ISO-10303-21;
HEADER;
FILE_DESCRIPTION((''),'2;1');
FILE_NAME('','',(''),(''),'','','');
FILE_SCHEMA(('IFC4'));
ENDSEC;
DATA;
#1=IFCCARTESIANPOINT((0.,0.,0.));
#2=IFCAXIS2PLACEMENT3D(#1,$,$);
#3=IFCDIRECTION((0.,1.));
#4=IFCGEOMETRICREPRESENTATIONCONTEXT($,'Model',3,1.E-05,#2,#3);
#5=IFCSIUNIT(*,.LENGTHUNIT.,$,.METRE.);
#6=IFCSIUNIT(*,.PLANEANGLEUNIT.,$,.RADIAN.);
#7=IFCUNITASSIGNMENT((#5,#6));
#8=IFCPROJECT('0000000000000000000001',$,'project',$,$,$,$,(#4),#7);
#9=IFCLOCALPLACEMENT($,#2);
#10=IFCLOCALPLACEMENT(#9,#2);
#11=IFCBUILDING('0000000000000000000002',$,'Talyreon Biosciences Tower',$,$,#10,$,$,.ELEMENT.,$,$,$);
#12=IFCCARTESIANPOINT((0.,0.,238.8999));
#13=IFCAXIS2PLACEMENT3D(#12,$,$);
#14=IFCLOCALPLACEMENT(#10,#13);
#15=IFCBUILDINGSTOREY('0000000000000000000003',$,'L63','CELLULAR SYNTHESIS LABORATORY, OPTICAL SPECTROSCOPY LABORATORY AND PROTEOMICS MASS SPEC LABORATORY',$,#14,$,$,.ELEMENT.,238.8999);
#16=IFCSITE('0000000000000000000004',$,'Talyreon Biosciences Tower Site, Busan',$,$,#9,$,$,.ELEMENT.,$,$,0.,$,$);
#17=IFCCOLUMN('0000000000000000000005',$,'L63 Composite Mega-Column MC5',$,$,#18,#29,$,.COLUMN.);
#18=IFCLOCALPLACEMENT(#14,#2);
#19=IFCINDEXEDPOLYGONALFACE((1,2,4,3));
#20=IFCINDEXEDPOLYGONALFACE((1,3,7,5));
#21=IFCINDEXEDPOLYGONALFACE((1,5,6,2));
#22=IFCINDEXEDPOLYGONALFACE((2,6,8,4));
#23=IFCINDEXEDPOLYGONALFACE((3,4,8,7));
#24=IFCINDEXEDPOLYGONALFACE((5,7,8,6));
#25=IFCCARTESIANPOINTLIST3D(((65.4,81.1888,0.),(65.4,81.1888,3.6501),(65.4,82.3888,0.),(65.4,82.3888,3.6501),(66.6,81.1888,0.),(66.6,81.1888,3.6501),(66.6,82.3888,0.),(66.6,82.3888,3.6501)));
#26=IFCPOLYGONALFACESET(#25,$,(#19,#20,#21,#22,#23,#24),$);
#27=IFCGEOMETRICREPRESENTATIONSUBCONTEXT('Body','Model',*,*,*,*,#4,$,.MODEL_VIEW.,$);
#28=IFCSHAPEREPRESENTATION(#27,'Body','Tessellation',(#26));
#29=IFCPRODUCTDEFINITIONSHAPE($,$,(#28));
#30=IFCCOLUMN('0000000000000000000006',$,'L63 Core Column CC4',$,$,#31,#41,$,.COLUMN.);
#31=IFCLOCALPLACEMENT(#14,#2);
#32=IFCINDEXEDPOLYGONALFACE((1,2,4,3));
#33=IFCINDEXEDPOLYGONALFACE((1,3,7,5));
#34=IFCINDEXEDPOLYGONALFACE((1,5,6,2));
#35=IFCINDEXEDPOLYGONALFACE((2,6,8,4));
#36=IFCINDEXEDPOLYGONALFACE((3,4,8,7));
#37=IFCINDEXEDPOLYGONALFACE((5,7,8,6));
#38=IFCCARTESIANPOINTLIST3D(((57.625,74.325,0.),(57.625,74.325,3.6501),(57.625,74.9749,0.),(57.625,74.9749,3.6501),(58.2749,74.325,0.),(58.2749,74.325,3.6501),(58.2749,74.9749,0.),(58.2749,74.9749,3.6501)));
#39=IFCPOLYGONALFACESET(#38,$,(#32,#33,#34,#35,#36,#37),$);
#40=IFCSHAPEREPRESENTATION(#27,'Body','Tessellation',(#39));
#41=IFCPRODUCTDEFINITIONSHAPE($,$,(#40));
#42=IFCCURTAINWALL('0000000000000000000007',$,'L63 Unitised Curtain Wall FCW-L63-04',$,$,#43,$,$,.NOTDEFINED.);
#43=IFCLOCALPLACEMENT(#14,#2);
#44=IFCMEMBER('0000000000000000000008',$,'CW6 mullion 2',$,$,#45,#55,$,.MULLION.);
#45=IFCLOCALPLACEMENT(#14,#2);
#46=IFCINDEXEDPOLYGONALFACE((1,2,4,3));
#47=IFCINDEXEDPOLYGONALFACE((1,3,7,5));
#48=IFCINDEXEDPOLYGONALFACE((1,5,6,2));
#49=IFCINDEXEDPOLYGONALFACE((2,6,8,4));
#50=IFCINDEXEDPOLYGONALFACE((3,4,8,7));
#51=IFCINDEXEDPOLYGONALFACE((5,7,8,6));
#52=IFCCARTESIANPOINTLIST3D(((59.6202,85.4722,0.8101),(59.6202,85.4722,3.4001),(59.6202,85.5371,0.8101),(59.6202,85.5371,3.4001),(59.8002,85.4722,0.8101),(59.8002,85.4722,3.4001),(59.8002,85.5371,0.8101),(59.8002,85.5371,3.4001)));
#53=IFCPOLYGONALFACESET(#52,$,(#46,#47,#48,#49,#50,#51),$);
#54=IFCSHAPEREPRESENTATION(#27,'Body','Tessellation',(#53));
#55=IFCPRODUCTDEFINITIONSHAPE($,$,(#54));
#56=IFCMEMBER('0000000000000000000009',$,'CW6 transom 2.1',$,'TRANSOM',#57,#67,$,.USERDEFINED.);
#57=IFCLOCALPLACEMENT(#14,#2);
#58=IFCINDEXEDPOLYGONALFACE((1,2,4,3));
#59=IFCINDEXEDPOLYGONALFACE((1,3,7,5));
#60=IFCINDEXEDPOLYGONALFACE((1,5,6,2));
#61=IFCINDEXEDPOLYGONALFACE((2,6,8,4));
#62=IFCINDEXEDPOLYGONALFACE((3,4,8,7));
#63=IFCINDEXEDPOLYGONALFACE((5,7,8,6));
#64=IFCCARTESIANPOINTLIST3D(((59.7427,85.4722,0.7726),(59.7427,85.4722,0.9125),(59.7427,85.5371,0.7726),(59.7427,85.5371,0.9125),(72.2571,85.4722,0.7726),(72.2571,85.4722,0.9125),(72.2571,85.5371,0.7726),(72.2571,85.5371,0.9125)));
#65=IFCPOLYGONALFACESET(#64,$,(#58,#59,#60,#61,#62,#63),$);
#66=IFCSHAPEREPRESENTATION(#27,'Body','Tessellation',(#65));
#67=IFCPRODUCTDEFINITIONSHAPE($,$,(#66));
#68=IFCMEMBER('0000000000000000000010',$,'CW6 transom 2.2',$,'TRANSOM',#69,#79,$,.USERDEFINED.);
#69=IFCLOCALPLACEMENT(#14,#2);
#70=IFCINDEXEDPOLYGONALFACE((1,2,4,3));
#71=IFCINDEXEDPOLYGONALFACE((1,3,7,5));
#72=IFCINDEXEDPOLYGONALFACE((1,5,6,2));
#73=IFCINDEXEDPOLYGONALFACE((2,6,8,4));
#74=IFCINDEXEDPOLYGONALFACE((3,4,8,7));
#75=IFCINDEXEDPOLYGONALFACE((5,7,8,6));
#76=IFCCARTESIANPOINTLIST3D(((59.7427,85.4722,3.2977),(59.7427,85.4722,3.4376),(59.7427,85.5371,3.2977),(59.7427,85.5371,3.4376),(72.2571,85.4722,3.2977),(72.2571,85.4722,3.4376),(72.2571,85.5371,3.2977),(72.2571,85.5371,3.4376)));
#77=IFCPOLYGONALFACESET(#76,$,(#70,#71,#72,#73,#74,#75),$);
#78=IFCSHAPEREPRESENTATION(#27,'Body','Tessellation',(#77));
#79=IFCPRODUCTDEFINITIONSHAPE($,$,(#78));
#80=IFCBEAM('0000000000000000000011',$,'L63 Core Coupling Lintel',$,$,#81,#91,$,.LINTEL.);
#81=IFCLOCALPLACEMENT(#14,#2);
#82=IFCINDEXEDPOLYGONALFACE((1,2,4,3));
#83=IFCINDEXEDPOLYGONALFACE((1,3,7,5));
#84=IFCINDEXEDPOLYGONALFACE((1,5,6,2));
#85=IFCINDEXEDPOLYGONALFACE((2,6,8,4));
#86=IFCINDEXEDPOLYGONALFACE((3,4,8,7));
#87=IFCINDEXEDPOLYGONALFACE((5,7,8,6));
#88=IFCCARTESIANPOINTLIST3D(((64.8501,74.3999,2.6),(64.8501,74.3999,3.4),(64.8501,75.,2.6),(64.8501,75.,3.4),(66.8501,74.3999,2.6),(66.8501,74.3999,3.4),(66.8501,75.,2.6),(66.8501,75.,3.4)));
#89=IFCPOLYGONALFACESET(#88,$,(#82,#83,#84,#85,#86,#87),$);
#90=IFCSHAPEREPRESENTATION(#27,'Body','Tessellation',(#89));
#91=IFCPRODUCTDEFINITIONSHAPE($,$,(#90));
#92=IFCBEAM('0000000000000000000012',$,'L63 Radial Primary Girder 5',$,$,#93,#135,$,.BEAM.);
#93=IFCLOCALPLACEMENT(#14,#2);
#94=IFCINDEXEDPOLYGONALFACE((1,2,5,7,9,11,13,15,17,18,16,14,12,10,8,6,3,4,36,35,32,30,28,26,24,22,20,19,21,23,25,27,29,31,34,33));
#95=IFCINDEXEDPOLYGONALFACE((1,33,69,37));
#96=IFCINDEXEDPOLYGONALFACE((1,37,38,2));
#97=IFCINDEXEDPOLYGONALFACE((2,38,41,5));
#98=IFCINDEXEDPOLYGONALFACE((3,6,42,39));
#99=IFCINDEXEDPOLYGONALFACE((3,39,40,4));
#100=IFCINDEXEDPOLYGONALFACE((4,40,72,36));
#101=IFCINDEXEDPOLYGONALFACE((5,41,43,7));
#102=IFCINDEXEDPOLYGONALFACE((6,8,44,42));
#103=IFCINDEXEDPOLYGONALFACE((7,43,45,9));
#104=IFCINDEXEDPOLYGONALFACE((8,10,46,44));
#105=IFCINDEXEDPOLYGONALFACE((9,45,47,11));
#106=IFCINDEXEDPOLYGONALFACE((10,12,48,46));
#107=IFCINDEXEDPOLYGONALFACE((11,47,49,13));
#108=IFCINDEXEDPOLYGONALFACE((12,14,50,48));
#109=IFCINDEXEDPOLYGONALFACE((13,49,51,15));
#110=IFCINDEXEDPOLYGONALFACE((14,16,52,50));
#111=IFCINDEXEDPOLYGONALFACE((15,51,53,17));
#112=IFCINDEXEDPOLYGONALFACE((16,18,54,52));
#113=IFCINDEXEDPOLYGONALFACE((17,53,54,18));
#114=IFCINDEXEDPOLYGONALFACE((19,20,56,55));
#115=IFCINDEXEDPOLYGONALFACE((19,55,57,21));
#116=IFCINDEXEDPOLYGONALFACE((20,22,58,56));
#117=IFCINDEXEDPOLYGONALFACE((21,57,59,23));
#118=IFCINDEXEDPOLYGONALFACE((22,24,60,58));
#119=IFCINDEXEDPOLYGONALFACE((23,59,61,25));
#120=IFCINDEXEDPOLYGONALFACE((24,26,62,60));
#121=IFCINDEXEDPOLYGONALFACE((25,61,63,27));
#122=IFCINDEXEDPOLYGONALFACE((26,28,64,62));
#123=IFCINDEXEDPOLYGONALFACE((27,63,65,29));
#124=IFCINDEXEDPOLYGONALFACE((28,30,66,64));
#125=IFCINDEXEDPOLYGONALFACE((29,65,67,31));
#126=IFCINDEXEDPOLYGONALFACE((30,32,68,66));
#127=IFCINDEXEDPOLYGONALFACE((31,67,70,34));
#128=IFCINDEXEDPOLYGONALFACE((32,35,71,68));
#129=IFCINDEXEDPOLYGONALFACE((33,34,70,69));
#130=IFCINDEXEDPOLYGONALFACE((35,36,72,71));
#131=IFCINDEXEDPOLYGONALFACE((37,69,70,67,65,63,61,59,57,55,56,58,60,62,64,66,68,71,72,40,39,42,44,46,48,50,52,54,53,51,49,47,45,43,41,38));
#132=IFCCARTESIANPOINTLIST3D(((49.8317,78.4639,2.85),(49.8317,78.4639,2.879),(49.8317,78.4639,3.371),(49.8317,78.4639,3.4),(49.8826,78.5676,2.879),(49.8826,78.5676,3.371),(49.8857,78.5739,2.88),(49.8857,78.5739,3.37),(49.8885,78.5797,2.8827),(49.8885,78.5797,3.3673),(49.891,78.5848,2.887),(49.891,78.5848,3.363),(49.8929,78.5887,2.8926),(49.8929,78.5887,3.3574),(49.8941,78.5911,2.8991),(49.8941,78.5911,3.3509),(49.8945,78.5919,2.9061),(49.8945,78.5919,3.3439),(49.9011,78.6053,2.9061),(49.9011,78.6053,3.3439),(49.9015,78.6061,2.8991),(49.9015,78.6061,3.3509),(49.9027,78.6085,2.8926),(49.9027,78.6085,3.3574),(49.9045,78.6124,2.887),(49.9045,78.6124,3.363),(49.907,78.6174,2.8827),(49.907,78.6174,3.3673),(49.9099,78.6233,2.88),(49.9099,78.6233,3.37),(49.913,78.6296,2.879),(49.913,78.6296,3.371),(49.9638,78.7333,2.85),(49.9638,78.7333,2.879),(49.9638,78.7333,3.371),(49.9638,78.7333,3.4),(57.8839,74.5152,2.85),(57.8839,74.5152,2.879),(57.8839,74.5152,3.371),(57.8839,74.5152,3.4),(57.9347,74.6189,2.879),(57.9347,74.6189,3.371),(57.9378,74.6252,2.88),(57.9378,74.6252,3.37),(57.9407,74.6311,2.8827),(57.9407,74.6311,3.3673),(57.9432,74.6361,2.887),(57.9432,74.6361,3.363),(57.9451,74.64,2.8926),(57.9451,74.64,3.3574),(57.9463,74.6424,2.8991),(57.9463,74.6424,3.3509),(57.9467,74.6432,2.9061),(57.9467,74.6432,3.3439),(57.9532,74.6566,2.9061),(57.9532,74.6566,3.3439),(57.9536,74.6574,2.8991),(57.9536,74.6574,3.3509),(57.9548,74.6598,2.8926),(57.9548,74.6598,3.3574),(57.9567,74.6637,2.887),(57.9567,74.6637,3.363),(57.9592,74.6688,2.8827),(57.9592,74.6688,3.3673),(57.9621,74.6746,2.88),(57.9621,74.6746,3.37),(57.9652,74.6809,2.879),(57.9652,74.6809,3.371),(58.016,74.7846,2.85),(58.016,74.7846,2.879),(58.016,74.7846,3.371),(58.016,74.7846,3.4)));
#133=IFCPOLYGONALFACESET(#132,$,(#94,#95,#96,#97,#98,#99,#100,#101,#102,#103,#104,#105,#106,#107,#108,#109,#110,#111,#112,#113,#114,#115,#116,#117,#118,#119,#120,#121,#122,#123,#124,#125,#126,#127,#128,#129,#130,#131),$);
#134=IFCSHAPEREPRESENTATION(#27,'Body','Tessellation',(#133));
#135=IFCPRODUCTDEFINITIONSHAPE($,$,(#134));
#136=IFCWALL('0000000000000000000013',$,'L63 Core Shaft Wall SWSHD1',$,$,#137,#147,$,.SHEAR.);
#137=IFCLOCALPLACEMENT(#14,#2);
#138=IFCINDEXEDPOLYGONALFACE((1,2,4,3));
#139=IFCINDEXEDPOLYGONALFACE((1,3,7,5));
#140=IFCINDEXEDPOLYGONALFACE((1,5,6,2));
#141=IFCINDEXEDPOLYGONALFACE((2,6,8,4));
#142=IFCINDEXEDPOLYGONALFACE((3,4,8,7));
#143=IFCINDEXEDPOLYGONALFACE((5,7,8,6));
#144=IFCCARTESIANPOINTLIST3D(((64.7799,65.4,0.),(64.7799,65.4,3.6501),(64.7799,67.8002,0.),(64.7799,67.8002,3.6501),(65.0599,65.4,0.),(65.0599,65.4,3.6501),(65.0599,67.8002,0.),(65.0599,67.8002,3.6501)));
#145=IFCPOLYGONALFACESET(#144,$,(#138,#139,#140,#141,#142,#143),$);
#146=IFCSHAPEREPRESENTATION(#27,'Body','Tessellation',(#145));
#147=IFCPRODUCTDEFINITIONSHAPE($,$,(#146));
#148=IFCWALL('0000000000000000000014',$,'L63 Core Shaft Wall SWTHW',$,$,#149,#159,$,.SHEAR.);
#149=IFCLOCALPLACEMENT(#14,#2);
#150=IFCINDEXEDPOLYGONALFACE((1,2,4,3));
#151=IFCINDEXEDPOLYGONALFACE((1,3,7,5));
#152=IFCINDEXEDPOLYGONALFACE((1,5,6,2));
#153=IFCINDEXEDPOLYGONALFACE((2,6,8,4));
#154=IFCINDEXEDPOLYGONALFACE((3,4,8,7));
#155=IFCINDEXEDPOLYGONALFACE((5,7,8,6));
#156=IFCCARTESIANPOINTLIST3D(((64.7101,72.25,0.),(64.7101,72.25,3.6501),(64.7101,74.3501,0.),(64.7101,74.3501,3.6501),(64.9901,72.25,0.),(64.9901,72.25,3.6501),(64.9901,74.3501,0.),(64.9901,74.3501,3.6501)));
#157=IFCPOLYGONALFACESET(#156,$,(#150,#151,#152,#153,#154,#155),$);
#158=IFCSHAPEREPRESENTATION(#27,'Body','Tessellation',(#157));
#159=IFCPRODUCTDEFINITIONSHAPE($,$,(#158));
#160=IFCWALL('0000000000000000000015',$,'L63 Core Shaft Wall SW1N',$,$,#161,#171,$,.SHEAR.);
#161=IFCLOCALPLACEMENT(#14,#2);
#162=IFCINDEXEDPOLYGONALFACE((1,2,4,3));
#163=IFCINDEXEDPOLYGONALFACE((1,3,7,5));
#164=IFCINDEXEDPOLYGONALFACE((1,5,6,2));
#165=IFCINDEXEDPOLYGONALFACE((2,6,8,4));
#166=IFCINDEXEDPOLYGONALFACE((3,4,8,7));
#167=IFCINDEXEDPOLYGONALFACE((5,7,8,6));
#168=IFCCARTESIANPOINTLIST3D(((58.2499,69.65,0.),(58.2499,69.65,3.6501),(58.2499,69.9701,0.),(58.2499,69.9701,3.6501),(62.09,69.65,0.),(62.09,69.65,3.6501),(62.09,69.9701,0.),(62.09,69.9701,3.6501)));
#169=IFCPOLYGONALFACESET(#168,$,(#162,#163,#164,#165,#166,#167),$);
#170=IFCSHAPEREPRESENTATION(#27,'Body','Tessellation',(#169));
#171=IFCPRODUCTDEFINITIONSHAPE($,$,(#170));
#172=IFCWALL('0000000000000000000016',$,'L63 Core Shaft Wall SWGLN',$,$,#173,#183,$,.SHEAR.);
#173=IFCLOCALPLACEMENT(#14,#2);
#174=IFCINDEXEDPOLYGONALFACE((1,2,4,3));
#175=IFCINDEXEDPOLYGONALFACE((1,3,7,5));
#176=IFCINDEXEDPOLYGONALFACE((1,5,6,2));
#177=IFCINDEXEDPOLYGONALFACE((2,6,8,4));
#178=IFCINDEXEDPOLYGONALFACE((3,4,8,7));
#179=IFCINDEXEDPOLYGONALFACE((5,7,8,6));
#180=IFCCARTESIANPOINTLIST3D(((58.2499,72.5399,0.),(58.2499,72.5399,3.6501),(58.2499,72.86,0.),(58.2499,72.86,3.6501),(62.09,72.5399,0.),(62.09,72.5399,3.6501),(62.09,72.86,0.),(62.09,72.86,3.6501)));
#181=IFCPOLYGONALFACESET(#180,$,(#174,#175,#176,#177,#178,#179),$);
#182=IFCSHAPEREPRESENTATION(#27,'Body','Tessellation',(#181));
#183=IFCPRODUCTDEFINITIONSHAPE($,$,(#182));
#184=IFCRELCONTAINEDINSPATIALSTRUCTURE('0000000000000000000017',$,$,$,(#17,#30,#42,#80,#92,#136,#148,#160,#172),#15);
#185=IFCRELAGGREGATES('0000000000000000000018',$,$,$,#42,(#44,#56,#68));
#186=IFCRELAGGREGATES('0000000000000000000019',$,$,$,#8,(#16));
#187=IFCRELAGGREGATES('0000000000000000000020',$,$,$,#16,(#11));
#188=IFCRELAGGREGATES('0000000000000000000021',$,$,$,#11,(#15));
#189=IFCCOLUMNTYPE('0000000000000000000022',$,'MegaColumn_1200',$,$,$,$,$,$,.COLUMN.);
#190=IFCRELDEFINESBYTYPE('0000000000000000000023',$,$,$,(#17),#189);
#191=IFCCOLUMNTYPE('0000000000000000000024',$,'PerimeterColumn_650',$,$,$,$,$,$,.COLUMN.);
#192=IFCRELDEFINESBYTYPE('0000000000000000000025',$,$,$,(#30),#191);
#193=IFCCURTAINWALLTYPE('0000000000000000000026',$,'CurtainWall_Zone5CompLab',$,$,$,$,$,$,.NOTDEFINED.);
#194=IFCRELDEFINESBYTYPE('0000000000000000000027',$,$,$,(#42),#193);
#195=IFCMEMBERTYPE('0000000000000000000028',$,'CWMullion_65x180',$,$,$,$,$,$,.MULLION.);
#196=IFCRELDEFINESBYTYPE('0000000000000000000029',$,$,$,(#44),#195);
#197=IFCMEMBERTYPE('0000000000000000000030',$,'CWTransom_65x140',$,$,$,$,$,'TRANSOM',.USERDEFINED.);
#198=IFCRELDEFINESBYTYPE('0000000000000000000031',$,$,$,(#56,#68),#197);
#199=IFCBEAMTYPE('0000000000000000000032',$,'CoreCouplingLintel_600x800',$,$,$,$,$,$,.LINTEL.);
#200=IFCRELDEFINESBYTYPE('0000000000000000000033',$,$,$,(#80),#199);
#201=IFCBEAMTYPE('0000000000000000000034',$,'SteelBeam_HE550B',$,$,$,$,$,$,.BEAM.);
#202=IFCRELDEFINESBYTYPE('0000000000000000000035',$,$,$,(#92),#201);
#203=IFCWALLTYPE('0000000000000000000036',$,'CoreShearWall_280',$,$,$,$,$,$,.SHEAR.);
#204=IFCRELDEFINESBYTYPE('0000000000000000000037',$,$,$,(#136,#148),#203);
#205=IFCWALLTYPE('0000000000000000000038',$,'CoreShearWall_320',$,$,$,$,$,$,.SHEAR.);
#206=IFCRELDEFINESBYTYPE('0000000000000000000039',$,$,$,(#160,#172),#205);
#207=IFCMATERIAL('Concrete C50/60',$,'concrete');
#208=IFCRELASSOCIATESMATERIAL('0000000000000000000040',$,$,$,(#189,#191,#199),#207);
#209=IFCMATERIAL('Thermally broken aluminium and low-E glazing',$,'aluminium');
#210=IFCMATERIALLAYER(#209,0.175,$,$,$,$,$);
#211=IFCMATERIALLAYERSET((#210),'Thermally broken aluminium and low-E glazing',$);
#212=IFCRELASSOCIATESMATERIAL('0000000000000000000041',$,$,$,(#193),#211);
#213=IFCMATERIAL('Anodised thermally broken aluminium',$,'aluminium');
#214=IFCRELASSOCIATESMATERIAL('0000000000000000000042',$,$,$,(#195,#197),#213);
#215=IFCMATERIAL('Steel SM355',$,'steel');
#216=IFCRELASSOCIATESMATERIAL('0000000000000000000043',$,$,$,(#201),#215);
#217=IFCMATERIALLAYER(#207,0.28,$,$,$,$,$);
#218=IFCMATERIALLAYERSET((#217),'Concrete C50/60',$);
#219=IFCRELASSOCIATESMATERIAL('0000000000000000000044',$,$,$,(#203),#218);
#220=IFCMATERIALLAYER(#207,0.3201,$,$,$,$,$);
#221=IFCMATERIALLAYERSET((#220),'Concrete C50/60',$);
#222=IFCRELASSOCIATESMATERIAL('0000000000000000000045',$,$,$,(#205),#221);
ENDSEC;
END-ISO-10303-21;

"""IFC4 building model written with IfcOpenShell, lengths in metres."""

from ifc_helpers import new_model, si_unit, direction, frame, frame_2d, origin, origin_2d, place, context, subcontext, project, spatial, rectangle, i_section, extrude, material, layer, layer_set, material_profile, profile_set, type_object, element, aggregate, save


model = new_model("IFC4")

# Units and contexts
model_context = context("Model", 3, precision=1e-05, world=origin(), true_north=direction((0.0, 1.0)))
body_context = subcontext(model_context, "Body", "Model", "MODEL_VIEW")
ifc_project = project(units=[si_unit("LENGTHUNIT", "METRE"), si_unit("PLANEANGLEUNIT", "RADIAN")], contexts=[model_context])

# Site, building, storey
site_placement = place(None, origin())
site = spatial("IfcSite", under=ifc_project, at=site_placement, Name="Talyreon Biosciences Tower Site, Busan", CompositionType="ELEMENT", RefElevation=0.0)
building_placement = place(site_placement, origin())
building = spatial("IfcBuilding", under=site, at=building_placement, Name="Talyreon Biosciences Tower", CompositionType="ELEMENT")
storey_placement = place(building_placement, frame((0.0, 0.0, 238.8999)))
storey = spatial("IfcBuildingStorey", under=building, at=storey_placement, Name="L63", Description="CELLULAR SYNTHESIS LABORATORY, OPTICAL SPECTROSCOPY LABORATORY AND PROTEOMICS MASS SPEC LABORATORY", CompositionType="ELEMENT", Elevation=238.8999)

# Columns
ifc_material_1 = material(Name="Concrete C50/60", Category="concrete")
ifc_material_profile_1 = material_profile(ifc_material_1, rectangle(XDim=1.2, YDim=1.2, at=origin_2d()), Name="RC 1200x1200")
ifc_profile_set_1 = profile_set([ifc_material_profile_1], Name="Concrete C50/60")
column_type_1 = type_object("IfcColumnType", Name="MegaColumn_1200", PredefinedType="COLUMN", material=ifc_profile_set_1)
column_1_placement = place(storey_placement, frame((66.0, 81.7888, 0.0), z_axis=(0.0, 0.0, 1.0), x_axis=(1.0, 0.0, 0.0)))
element("IfcColumn", 1, at=column_1_placement, inside=storey, type_object=column_type_1, Name="L63 Composite Mega-Column MC5", PredefinedType="COLUMN", context=body_context, shape_type="SweptSolid", body=[
    extrude(rectangle(XDim=1.2, YDim=1.2, at=origin_2d()), origin(), (0.0, 0.0, 1.0), 3.6501),
])
ifc_material_profile_2 = material_profile(ifc_material_1, rectangle(XDim=0.6499, YDim=0.6499, at=origin_2d()), Name="RC 650x650")
ifc_profile_set_2 = profile_set([ifc_material_profile_2], Name="Concrete C50/60")
column_type_2 = type_object("IfcColumnType", Name="PerimeterColumn_650", PredefinedType="COLUMN", material=ifc_profile_set_2)
column_2_placement = place(storey_placement, frame((57.95, 74.6499, 0.0), z_axis=(0.0, 0.0, 1.0), x_axis=(1.0, 0.0, 0.0)))
element("IfcColumn", 2, at=column_2_placement, inside=storey, type_object=column_type_2, Name="L63 Core Column CC4", PredefinedType="COLUMN", context=body_context, shape_type="SweptSolid", body=[
    extrude(rectangle(XDim=0.6499, YDim=0.6499, at=origin_2d()), origin(), (0.0, 0.0, 1.0), 3.6501),
])

# Curtain wall, members
ifc_material_2 = material(Name="Thermally broken aluminium and low-E glazing", Category="aluminium")
ifc_layer_1 = layer(ifc_material_2, 0.175)
ifc_layer_set_1 = layer_set([ifc_layer_1], Name="Thermally broken aluminium and low-E glazing")
curtain_wall_type = type_object("IfcCurtainWallType", Name="CurtainWall_Zone5CompLab", PredefinedType="NOTDEFINED", material=ifc_layer_set_1)
curtain_wall_placement = place(storey_placement, origin())
curtain_wall = element("IfcCurtainWall", 3, at=curtain_wall_placement, inside=storey, type_object=curtain_wall_type, Name="L63 Unitised Curtain Wall FCW-L63-04", PredefinedType="NOTDEFINED")
ifc_material_3 = material(Name="Anodised thermally broken aluminium", Category="aluminium")
ifc_material_profile_3 = material_profile(ifc_material_3, rectangle(XDim=0.0649, YDim=0.1799, at=origin_2d()), Name="ALUM MULLION 65x180")
ifc_profile_set_3 = profile_set([ifc_material_profile_3], Name="Anodised thermally broken aluminium")
member_type_1 = type_object("IfcMemberType", Name="CWMullion_65x180", PredefinedType="MULLION", material=ifc_profile_set_3)
member_1_placement = place(storey_placement, frame((59.7102, 85.5046, 0.8101), z_axis=(0.0, 0.0, 1.0), x_axis=(0.0, 1.0, 0.0)))
member_1 = element("IfcMember", 4, at=member_1_placement, type_object=member_type_1, Name="CW6 mullion 2", PredefinedType="MULLION", context=body_context, shape_type="SweptSolid", body=[
    extrude(rectangle(XDim=0.0649, YDim=0.1799, at=origin_2d()), origin(), (0.0, 0.0, 1.0), 2.5901),
])
ifc_material_profile_4 = material_profile(ifc_material_3, rectangle(XDim=0.0649, YDim=0.1399, at=origin_2d()), Name="ALUM TRANSOM 65x140")
ifc_profile_set_4 = profile_set([ifc_material_profile_4], Name="Anodised thermally broken aluminium")
member_type_2 = type_object("IfcMemberType", Name="CWTransom_65x140", ElementType="TRANSOM", PredefinedType="USERDEFINED", material=ifc_profile_set_4)
member_2_placement = place(storey_placement, frame((59.7427, 85.5046, 0.8425), z_axis=(1.0, 0.0, 0.0), x_axis=(0.0, 1.0, 0.0)))
member_2 = element("IfcMember", 5, at=member_2_placement, type_object=member_type_2, Name="CW6 transom 2.1", ObjectType="TRANSOM", PredefinedType="USERDEFINED", context=body_context, shape_type="SweptSolid", body=[
    extrude(rectangle(XDim=0.0649, YDim=0.1399, at=origin_2d()), origin(), (0.0, 0.0, 1.0), 12.5144),
])
member_3_placement = place(storey_placement, frame((59.7427, 85.5046, 3.3677), z_axis=(1.0, 0.0, 0.0), x_axis=(0.0, 1.0, 0.0)))
member_3 = element("IfcMember", 6, at=member_3_placement, type_object=member_type_2, Name="CW6 transom 2.2", ObjectType="TRANSOM", PredefinedType="USERDEFINED", context=body_context, shape_type="SweptSolid", body=[
    extrude(rectangle(XDim=0.0649, YDim=0.1399, at=origin_2d()), origin(), (0.0, 0.0, 1.0), 12.5144),
])
aggregate(curtain_wall, [member_1, member_2, member_3])

# Beams
ifc_material_profile_5 = material_profile(ifc_material_1, rectangle(XDim=0.6001, YDim=0.8, at=origin_2d()), Name="RCB 600x800")
ifc_profile_set_5 = profile_set([ifc_material_profile_5], Name="Concrete C50/60")
beam_type_1 = type_object("IfcBeamType", Name="CoreCouplingLintel_600x800", PredefinedType="LINTEL", material=ifc_profile_set_5)
beam_1_placement = place(storey_placement, frame((64.8501, 74.7, 3.0), z_axis=(1.0, 0.0, 0.0), x_axis=(0.0, 1.0, 0.0)))
element("IfcBeam", 7, at=beam_1_placement, inside=storey, type_object=beam_type_1, Name="L63 Core Coupling Lintel", PredefinedType="LINTEL", context=body_context, shape_type="SweptSolid", body=[
    extrude(rectangle(XDim=0.6001, YDim=0.8, at=origin_2d()), origin(), (0.0, 0.0, 1.0), 2.0),
])
ifc_material_4 = material(Name="Steel SM355", Category="steel")
ifc_material_profile_6 = material_profile(ifc_material_4, i_section(OverallWidth=0.3, OverallDepth=0.55, WebThickness=0.0149, FlangeThickness=0.0291, FilletRadius=0.0271, at=origin_2d()), Name="HE550B")
ifc_profile_set_6 = profile_set([ifc_material_profile_6], Name="Steel SM355")
beam_type_2 = type_object("IfcBeamType", Name="SteelBeam_HE550B", PredefinedType="BEAM", material=ifc_profile_set_6)
beam_2_placement = place(storey_placement, frame((57.95, 74.6499, 3.125), z_axis=(-0.897852, 0.440297, 0.0), x_axis=(-0.440297, -0.897852, 0.0)))
element("IfcBeam", 8, at=beam_2_placement, inside=storey, type_object=beam_type_2, Name="L63 Radial Primary Girder 5", PredefinedType="BEAM", context=body_context, shape_type="SweptSolid", body=[
    extrude(i_section(OverallWidth=0.3, OverallDepth=0.55, WebThickness=0.0149, FlangeThickness=0.0291, FilletRadius=0.0271, at=origin_2d()), origin(), (0.0, 0.0, 1.0), 8.9683),
])

# Walls
ifc_layer_2 = layer(ifc_material_1, 0.28)
ifc_layer_set_2 = layer_set([ifc_layer_2], Name="Concrete C50/60")
wall_type_1 = type_object("IfcWallType", Name="CoreShearWall_280", PredefinedType="SHEAR", material=ifc_layer_set_2)
wall_1_placement = place(storey_placement, frame((64.9199, 65.3999, 0.0), z_axis=(0.0, 0.0, 1.0), x_axis=(0.0, 1.0, 0.0)))
element("IfcWall", 9, at=wall_1_placement, inside=storey, type_object=wall_type_1, Name="L63 Core Shaft Wall SWSHD1", PredefinedType="SHEAR", context=body_context, shape_type="SweptSolid", body=[
    extrude(rectangle(XDim=2.4001, YDim=0.28, at=frame_2d((1.2002, 0.0))), origin(), (0.0, 0.0, 1.0), 3.6501),
])
wall_2_placement = place(storey_placement, frame((64.8501, 72.25, 0.0), z_axis=(0.0, 0.0, 1.0), x_axis=(0.0, 1.0, 0.0)))
element("IfcWall", 10, at=wall_2_placement, inside=storey, type_object=wall_type_1, Name="L63 Core Shaft Wall SWTHW", PredefinedType="SHEAR", context=body_context, shape_type="SweptSolid", body=[
    extrude(rectangle(XDim=2.1001, YDim=0.28, at=frame_2d((1.05, 0.0))), origin(), (0.0, 0.0, 1.0), 3.6501),
])
ifc_layer_3 = layer(ifc_material_1, 0.3201)
ifc_layer_set_3 = layer_set([ifc_layer_3], Name="Concrete C50/60")
wall_type_2 = type_object("IfcWallType", Name="CoreShearWall_320", PredefinedType="SHEAR", material=ifc_layer_set_3)
for number, where, z_axis, x_axis, name in (
    (11, (58.25, 69.8101, 0.0), (0.0, 0.0, 1.0), (1.0, 0.0, 0.0), "L63 Core Shaft Wall SW1N"),
    (12, (58.25, 72.7, 0.0), (0.0, 0.0, 1.0), (1.0, 0.0, 0.0), "L63 Core Shaft Wall SWGLN"),
):
    element("IfcWall", number, at=place(storey_placement, frame(where, z_axis=z_axis, x_axis=x_axis)), inside=storey, type_object=wall_type_2, Name=name, PredefinedType="SHEAR", context=body_context, shape_type="SweptSolid", body=[
        extrude(rectangle(XDim=3.8401, YDim=0.3201, at=frame_2d((1.9199, 0.0))), origin(), (0.0, 0.0, 1.0), 3.6501),
    ])

save(model, "model.ifc")
